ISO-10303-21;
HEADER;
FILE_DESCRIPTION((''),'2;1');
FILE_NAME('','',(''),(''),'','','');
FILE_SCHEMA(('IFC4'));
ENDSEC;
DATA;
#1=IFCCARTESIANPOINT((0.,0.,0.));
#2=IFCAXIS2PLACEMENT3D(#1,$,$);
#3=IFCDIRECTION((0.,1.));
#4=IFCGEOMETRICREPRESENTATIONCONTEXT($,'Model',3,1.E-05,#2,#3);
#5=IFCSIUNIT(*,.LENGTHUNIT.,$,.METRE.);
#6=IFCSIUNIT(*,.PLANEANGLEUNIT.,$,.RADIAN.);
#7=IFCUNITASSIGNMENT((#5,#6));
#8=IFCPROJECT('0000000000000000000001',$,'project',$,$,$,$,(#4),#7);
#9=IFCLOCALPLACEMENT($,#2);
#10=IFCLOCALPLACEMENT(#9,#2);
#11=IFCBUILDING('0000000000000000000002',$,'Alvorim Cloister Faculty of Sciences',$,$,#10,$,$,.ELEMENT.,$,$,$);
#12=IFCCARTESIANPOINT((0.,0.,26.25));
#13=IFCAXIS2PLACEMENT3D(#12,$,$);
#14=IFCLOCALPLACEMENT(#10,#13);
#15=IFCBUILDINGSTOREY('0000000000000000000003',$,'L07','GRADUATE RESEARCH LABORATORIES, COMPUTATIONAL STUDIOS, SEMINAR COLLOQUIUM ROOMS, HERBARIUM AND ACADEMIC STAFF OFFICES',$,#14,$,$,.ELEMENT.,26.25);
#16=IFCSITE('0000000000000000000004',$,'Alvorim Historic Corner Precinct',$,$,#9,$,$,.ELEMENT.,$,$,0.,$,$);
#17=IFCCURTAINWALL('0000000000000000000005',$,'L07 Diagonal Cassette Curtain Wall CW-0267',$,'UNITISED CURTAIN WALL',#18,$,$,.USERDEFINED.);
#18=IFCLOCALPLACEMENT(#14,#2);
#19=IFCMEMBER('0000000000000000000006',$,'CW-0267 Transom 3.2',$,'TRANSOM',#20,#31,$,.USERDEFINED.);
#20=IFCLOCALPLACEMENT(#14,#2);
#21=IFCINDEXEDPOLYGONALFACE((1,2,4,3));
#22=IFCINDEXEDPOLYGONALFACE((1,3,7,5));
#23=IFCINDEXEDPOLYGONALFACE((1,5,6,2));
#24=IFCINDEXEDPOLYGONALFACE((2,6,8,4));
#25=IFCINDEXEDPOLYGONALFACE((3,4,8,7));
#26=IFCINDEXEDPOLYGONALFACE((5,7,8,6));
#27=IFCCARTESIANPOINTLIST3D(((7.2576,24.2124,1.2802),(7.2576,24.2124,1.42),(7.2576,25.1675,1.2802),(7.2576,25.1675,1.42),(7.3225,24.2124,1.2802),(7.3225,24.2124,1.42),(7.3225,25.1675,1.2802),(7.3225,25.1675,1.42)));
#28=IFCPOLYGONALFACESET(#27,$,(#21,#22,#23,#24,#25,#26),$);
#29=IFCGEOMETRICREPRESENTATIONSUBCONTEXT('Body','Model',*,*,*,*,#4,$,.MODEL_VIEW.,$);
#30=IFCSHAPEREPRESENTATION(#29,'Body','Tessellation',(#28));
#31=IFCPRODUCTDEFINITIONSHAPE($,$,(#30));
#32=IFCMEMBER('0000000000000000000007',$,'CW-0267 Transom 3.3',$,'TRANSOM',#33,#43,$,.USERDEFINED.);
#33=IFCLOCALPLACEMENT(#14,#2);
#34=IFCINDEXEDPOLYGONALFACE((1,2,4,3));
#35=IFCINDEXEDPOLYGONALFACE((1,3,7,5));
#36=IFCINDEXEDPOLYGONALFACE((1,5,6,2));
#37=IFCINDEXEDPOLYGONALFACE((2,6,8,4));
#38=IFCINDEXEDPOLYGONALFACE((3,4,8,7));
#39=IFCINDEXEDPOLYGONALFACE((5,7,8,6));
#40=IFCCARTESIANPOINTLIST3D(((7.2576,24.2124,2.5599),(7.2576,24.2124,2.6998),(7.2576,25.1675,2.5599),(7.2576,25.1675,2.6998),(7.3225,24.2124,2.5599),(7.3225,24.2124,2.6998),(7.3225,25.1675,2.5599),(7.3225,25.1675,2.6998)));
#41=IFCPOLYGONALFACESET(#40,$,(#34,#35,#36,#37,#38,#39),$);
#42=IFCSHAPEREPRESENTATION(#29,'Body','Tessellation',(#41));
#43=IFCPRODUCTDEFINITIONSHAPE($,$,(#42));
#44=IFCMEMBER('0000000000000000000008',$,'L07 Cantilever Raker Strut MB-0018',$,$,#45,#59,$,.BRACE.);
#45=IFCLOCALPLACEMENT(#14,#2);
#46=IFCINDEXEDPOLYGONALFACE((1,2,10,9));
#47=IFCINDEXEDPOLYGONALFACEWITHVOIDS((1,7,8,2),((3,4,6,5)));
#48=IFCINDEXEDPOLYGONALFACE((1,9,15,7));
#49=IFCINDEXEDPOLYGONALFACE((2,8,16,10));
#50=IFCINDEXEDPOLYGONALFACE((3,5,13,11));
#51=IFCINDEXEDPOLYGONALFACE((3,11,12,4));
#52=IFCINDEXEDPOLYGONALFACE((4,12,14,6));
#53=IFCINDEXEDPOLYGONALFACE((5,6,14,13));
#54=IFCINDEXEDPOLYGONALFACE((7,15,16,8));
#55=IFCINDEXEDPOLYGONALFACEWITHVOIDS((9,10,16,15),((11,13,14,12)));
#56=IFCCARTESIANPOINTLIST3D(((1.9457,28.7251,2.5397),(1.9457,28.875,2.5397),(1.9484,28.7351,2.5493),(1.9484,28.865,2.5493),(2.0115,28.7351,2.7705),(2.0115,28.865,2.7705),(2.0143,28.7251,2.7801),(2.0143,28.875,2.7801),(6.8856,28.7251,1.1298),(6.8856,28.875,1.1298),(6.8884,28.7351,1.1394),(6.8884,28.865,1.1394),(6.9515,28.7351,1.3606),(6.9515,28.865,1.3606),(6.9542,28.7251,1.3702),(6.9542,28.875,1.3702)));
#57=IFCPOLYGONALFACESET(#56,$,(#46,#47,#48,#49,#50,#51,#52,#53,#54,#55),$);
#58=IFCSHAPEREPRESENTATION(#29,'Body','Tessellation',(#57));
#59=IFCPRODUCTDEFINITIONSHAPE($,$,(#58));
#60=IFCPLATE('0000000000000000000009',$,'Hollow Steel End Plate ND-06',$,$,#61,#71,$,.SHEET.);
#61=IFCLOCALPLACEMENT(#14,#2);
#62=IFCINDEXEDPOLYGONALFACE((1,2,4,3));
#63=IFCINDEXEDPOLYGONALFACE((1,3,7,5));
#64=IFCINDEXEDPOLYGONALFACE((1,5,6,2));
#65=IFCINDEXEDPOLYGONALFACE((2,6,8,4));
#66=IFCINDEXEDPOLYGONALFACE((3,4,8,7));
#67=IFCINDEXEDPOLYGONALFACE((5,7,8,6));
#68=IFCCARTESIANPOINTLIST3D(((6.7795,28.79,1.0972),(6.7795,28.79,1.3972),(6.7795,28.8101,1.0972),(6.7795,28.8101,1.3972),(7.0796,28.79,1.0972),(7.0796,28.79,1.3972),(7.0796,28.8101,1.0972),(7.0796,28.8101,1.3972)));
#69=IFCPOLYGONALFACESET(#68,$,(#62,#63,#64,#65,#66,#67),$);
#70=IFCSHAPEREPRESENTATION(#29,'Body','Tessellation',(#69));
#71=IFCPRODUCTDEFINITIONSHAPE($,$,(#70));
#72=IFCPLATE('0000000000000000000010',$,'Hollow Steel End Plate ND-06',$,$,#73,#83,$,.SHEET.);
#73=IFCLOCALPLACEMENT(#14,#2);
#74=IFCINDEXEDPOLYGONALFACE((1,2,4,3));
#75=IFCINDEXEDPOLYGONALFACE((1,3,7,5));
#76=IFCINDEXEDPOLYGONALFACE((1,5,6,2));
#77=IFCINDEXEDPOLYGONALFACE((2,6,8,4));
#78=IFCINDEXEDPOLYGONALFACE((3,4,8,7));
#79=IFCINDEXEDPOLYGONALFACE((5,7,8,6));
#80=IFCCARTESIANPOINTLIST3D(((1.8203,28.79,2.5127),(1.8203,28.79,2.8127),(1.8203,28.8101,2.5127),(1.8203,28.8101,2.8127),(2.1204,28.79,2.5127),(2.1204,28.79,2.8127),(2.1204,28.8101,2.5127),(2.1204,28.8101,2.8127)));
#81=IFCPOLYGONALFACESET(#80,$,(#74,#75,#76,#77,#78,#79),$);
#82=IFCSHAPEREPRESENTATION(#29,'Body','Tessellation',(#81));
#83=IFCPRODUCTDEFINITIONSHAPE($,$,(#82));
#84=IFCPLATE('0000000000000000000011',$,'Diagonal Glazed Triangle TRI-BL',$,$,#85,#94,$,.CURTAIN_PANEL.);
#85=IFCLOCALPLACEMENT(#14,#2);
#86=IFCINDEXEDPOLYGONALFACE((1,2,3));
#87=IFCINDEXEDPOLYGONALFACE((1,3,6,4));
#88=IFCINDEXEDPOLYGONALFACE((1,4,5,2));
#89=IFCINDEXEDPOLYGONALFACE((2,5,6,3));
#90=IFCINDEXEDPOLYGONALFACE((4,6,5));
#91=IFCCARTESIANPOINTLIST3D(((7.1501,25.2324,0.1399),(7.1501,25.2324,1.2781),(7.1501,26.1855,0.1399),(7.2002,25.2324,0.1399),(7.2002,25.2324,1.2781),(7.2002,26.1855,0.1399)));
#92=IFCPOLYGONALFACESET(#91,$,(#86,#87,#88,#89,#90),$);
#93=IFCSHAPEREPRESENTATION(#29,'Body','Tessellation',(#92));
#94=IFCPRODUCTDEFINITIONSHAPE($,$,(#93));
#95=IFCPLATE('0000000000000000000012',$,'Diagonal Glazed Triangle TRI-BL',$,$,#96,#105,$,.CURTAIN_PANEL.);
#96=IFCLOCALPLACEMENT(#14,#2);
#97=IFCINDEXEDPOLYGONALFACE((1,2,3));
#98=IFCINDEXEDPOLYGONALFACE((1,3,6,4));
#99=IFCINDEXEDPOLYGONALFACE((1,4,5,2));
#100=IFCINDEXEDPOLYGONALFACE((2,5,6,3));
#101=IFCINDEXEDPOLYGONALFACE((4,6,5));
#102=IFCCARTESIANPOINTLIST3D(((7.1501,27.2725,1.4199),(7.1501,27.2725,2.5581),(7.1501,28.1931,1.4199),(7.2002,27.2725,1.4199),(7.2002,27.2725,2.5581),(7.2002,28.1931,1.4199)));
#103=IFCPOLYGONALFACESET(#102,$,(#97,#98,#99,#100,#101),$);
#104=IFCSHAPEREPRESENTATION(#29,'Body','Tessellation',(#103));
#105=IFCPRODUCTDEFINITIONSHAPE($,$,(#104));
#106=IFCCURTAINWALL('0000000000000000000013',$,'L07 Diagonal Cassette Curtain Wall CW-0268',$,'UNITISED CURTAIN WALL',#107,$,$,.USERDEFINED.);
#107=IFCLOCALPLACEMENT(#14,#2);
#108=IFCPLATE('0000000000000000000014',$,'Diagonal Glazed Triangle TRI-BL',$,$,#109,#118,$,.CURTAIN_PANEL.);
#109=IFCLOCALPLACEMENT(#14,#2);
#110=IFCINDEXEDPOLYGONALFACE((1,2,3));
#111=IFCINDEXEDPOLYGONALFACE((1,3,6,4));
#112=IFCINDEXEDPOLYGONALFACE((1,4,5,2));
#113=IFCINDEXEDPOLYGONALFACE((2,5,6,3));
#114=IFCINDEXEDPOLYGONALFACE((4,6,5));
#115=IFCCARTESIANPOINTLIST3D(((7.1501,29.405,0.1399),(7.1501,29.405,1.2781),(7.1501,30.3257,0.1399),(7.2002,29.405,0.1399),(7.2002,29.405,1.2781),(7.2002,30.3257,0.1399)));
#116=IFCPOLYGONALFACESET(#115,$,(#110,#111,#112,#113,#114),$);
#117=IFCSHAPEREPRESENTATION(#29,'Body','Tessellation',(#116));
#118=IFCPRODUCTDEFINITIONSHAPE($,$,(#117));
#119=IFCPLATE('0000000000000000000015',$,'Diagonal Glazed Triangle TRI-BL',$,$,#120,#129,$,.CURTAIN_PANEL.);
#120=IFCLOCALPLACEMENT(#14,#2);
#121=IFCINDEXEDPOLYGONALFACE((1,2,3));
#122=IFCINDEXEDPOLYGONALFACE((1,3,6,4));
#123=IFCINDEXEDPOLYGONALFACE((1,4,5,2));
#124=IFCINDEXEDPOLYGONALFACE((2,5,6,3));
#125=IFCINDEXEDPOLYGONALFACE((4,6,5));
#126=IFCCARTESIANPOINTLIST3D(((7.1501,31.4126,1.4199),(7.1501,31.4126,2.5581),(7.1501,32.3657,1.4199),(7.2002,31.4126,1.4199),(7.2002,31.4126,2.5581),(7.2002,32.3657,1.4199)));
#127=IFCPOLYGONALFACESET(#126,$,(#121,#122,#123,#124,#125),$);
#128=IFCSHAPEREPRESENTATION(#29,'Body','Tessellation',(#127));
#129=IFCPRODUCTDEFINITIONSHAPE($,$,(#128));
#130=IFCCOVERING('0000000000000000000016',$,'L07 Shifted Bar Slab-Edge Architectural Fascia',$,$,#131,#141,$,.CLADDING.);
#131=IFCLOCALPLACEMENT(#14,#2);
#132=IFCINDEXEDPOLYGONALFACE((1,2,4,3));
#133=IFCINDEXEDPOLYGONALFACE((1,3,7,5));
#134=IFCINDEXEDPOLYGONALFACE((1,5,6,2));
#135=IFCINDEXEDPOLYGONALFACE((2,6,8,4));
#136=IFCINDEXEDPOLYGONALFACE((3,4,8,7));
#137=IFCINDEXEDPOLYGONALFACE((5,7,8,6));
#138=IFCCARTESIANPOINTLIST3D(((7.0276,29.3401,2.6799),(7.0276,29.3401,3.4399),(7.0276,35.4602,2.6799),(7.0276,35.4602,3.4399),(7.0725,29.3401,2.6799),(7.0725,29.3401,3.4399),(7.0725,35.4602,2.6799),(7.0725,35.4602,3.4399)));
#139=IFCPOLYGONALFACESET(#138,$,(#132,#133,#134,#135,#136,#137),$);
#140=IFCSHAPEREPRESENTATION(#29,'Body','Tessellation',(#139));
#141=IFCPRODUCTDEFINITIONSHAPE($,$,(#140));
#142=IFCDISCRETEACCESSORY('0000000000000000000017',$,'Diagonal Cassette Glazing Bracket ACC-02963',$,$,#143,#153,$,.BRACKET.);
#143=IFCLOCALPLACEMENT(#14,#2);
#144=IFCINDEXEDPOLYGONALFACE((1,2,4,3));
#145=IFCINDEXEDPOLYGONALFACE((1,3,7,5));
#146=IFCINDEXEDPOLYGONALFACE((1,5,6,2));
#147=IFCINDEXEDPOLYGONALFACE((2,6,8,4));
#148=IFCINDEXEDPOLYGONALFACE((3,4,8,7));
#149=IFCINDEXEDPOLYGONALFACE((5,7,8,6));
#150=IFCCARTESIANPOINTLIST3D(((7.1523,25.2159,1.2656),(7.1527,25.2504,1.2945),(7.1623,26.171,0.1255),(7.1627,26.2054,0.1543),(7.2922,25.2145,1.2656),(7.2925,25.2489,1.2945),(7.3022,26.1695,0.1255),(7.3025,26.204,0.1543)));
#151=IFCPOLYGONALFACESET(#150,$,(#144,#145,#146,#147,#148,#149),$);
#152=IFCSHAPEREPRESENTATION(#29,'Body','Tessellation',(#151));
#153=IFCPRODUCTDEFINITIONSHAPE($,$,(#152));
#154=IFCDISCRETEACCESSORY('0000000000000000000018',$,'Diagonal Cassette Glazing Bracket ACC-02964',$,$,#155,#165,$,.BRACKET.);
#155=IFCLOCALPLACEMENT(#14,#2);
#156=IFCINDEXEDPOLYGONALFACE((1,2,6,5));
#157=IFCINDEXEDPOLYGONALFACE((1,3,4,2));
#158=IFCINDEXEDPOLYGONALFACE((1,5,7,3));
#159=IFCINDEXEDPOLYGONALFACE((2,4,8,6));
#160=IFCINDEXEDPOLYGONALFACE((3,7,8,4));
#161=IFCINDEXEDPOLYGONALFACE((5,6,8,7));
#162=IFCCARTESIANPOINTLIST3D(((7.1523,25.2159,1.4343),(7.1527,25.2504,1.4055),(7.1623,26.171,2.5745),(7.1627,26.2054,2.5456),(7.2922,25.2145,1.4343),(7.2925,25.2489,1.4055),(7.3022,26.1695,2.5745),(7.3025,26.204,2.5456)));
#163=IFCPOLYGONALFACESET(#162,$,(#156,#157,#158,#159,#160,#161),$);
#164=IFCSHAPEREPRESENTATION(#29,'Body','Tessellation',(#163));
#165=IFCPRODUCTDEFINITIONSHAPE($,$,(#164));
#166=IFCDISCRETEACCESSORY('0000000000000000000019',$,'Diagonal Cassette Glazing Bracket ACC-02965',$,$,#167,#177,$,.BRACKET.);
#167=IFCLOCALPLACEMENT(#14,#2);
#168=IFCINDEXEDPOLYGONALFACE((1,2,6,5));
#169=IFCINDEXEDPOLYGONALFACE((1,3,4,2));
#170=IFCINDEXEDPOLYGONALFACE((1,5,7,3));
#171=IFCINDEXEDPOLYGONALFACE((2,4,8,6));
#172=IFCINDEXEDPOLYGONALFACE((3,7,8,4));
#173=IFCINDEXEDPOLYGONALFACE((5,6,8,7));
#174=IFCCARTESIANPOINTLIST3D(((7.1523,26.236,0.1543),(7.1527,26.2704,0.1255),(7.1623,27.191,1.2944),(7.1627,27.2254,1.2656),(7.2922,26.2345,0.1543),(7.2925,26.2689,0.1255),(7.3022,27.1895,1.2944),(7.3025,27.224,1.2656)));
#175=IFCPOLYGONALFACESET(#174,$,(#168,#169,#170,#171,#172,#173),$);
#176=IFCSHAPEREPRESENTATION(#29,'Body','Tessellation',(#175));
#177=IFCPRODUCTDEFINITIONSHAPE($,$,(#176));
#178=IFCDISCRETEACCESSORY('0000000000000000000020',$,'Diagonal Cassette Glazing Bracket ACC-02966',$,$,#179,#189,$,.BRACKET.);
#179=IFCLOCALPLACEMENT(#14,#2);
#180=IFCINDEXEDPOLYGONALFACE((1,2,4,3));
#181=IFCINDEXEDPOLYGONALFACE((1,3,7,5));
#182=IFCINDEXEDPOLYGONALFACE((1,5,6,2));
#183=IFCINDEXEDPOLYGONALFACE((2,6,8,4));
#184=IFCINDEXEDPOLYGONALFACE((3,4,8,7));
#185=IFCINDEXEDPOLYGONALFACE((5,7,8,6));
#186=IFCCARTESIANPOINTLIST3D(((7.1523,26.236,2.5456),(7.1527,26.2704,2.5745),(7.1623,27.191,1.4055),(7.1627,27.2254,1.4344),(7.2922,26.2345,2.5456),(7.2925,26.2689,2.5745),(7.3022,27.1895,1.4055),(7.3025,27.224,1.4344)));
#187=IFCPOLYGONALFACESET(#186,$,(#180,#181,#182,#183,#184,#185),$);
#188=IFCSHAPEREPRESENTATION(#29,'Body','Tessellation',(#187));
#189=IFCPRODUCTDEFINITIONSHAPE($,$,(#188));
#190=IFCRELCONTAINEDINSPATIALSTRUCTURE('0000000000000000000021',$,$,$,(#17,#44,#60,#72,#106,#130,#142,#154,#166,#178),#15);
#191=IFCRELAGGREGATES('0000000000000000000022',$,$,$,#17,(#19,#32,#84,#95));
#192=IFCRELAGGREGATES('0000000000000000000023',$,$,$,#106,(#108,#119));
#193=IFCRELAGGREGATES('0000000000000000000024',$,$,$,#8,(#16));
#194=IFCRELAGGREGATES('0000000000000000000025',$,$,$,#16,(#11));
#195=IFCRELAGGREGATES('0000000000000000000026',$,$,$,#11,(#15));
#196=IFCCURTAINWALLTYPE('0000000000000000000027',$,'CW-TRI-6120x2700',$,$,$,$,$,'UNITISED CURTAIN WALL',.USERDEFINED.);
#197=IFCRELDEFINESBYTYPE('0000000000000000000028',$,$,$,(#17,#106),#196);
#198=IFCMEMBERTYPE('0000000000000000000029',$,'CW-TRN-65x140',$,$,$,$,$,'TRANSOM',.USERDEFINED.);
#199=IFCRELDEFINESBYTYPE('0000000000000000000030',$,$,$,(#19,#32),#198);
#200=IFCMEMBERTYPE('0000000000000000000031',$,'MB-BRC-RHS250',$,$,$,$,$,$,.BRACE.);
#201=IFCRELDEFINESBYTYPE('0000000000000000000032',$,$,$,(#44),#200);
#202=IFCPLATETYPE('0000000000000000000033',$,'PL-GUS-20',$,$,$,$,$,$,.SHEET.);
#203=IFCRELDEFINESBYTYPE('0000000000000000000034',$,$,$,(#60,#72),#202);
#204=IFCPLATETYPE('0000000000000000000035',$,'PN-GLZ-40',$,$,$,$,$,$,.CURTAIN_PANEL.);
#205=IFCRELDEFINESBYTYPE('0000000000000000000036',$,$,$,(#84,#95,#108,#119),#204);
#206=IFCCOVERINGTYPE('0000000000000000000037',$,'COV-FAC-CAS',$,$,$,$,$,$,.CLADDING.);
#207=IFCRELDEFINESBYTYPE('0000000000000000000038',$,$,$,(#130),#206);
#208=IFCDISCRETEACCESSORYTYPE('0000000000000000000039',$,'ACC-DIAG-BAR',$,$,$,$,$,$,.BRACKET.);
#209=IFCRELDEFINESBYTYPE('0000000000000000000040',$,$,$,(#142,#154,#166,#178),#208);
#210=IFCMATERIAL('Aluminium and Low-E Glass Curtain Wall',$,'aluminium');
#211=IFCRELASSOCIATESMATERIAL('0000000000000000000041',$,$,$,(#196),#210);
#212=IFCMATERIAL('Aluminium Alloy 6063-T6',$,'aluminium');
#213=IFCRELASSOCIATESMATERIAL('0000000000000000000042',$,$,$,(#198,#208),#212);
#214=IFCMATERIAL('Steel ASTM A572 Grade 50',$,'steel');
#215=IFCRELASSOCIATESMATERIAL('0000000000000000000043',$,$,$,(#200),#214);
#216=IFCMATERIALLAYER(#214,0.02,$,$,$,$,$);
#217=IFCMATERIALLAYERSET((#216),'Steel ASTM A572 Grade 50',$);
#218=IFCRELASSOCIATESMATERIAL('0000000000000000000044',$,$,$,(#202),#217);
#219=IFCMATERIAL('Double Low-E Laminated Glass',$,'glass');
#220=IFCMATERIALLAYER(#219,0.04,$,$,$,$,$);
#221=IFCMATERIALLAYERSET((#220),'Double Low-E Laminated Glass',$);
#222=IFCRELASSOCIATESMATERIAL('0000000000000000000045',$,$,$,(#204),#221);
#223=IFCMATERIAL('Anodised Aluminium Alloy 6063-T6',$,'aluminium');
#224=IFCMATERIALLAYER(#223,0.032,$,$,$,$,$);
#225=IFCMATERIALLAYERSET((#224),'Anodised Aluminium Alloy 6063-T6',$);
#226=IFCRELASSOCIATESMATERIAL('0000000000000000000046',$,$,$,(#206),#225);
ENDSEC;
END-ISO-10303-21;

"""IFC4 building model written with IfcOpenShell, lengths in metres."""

from ifc_helpers import new_model, si_unit, direction, frame, origin, origin_2d, place, context, subcontext, project, spatial, polyline, rectangle, hollow_rectangle, outline, extrude, material, layer, layer_set, material_profile, profile_set, type_object, element, aggregate, save


model = new_model("IFC4")

# Units and contexts
model_context = context("Model", 3, precision=1e-05, world=origin(), true_north=direction((0.0, 1.0)))
body_context = subcontext(model_context, "Body", "Model", "MODEL_VIEW")
ifc_project = project(units=[si_unit("LENGTHUNIT", "METRE"), si_unit("PLANEANGLEUNIT", "RADIAN")], contexts=[model_context])

# Site, building, storey
site_placement = place(None, origin())
site = spatial("IfcSite", under=ifc_project, at=site_placement, Name="Alvorim Historic Corner Precinct", CompositionType="ELEMENT", RefElevation=0.0)
building_placement = place(site_placement, origin())
building = spatial("IfcBuilding", under=site, at=building_placement, Name="Alvorim Cloister Faculty of Sciences", CompositionType="ELEMENT")
storey_placement = place(building_placement, frame((0.0, 0.0, 26.25)))
storey = spatial("IfcBuildingStorey", under=building, at=storey_placement, Name="L07", Description="GRADUATE RESEARCH LABORATORIES, COMPUTATIONAL STUDIOS, SEMINAR COLLOQUIUM ROOMS, HERBARIUM AND ACADEMIC STAFF OFFICES", CompositionType="ELEMENT", Elevation=26.25)

# Shared definitions
ifc_material_1 = material(Name="Steel ASTM A572 Grade 50", Category="steel")

# Curtain wall, members
ifc_material_2 = material(Name="Aluminium and Low-E Glass Curtain Wall", Category="aluminium")
curtain_wall_type = type_object("IfcCurtainWallType", Name="CW-TRI-6120x2700", ElementType="UNITISED CURTAIN WALL", PredefinedType="USERDEFINED", material=ifc_material_2)
curtain_wall_1_placement = place(storey_placement, origin())
curtain_wall_1 = element("IfcCurtainWall", 1, at=curtain_wall_1_placement, inside=storey, type_object=curtain_wall_type, Name="L07 Diagonal Cassette Curtain Wall CW-0267", ObjectType="UNITISED CURTAIN WALL", PredefinedType="USERDEFINED")
ifc_material_3 = material(Name="Aluminium Alloy 6063-T6", Category="aluminium")
ifc_material_profile_1 = material_profile(ifc_material_3, rectangle(XDim=0.0649, YDim=0.1399, at=origin_2d()), Name="ALU-TRN-65x140")
ifc_profile_set_1 = profile_set([ifc_material_profile_1], Name="Aluminium Alloy 6063-T6")
member_type_1 = type_object("IfcMemberType", Name="CW-TRN-65x140", ElementType="TRANSOM", PredefinedType="USERDEFINED", material=ifc_profile_set_1)
member_1_placement = place(storey_placement, frame((7.29, 24.2124, 1.3501), z_axis=(0.0, 1.0, 0.0), x_axis=(-1.0, 0.0, 0.0)))
member_1 = element("IfcMember", 2, at=member_1_placement, type_object=member_type_1, Name="CW-0267 Transom 3.2", ObjectType="TRANSOM", PredefinedType="USERDEFINED", context=body_context, shape_type="SweptSolid", body=[
    extrude(rectangle(XDim=0.0649, YDim=0.1399, at=origin_2d()), origin(), (0.0, 0.0, 1.0), 0.9551),
])
member_2_placement = place(storey_placement, frame((7.29, 24.2124, 2.6299), z_axis=(0.0, 1.0, 0.0), x_axis=(-1.0, 0.0, 0.0)))
member_2 = element("IfcMember", 3, at=member_2_placement, type_object=member_type_1, Name="CW-0267 Transom 3.3", ObjectType="TRANSOM", PredefinedType="USERDEFINED", context=body_context, shape_type="SweptSolid", body=[
    extrude(rectangle(XDim=0.0649, YDim=0.1399, at=origin_2d()), origin(), (0.0, 0.0, 1.0), 0.9551),
])

# Member
ifc_material_profile_2 = material_profile(ifc_material_1, hollow_rectangle(XDim=0.1499, YDim=0.25, WallThickness=0.01, at=origin_2d()), Name="RHS250x150x10")
ifc_profile_set_2 = profile_set([ifc_material_profile_2], Name="Steel ASTM A572 Grade 50")
member_type_2 = type_object("IfcMemberType", Name="MB-BRC-RHS250", PredefinedType="BRACE", material=ifc_profile_set_2)
member_3_placement = place(storey_placement, frame((6.9199, 28.8, 1.25), z_axis=(-0.961601, 0.0, 0.274451), x_axis=(0.0, -1.0, 0.0)))
element("IfcMember", 4, at=member_3_placement, inside=storey, type_object=member_type_2, Name="L07 Cantilever Raker Strut MB-0018", PredefinedType="BRACE", context=body_context, shape_type="SweptSolid", body=[
    extrude(hollow_rectangle(XDim=0.1499, YDim=0.25, WallThickness=0.01, at=origin_2d()), origin(), (0.0, 0.0, 1.0), 5.1372),
])

# Plates
ifc_layer_1 = layer(ifc_material_1, 0.02)
ifc_layer_set_1 = layer_set([ifc_layer_1], Name="Steel ASTM A572 Grade 50")
plate_type_1 = type_object("IfcPlateType", Name="PL-GUS-20", PredefinedType="SHEET", material=ifc_layer_set_1)
for number, where, z_axis, x_axis, name in (
    (5, (7.0796, 28.8, 1.0972), (0.0, 0.0, 1.0), (-1.0, 0.0, 0.0), "Hollow Steel End Plate ND-06"),
    (6, (2.1204, 28.8, 2.5127), (0.0, 0.0, 1.0), (-1.0, 0.0, 0.0), "Hollow Steel End Plate ND-06"),
):
    element("IfcPlate", number, at=place(storey_placement, frame(where, z_axis=z_axis, x_axis=x_axis)), inside=storey, type_object=plate_type_1, Name=name, PredefinedType="SHEET", context=body_context, shape_type="SweptSolid", body=[
        extrude(outline(polyline([(0.0, 0.0), (0.3, 0.0), (0.3, 0.3), (0.0, 0.3), (0.0, 0.0)])), frame((0.0, 0.01, 0.0), z_axis=(0.0, -1.0, 0.0), x_axis=(1.0, 0.0, 0.0)), (0.0, 0.0, 1.0), 0.02),
    ])

# Plates
ifc_material_4 = material(Name="Double Low-E Laminated Glass", Category="glass")
ifc_layer_2 = layer(ifc_material_4, 0.04)
ifc_layer_set_2 = layer_set([ifc_layer_2], Name="Double Low-E Laminated Glass")
plate_type_2 = type_object("IfcPlateType", Name="PN-GLZ-40", PredefinedType="CURTAIN_PANEL", material=ifc_layer_set_2)
plate_1_placement = place(storey_placement, frame((7.175, 25.2324, 0.1399), z_axis=(0.0, 0.0, 1.0), x_axis=(0.0, 1.0, 0.0)))
plate_1 = element("IfcPlate", 7, at=plate_1_placement, type_object=plate_type_2, Name="Diagonal Glazed Triangle TRI-BL", PredefinedType="CURTAIN_PANEL", context=body_context, shape_type="SweptSolid", body=[
    extrude(outline(polyline([(0.0, 0.0), (0.9531, 0.0), (0.0, 1.1382), (0.0, 0.0)])), frame((0.0, 0.0249, 0.0), z_axis=(0.0, -1.0, 0.0), x_axis=(1.0, 0.0, 0.0)), (0.0, 0.0, 1.0), 0.05),
])
plate_2_placement = place(storey_placement, frame((7.175, 27.2725, 1.4199), z_axis=(0.0, 0.0, 1.0), x_axis=(0.0, 1.0, 0.0)))
plate_2 = element("IfcPlate", 8, at=plate_2_placement, type_object=plate_type_2, Name="Diagonal Glazed Triangle TRI-BL", PredefinedType="CURTAIN_PANEL", context=body_context, shape_type="SweptSolid", body=[
    extrude(outline(polyline([(0.0, 0.0), (0.9207, 0.0), (0.0, 1.1382), (0.0, 0.0)])), frame((0.0, 0.0249, 0.0), z_axis=(0.0, -1.0, 0.0), x_axis=(1.0, 0.0, 0.0)), (0.0, 0.0, 1.0), 0.05),
])
aggregate(curtain_wall_1, [member_1, member_2, plate_1, plate_2])

# Curtain wall, plates
curtain_wall_2_placement = place(storey_placement, origin())
curtain_wall_2 = element("IfcCurtainWall", 9, at=curtain_wall_2_placement, inside=storey, type_object=curtain_wall_type, Name="L07 Diagonal Cassette Curtain Wall CW-0268", ObjectType="UNITISED CURTAIN WALL", PredefinedType="USERDEFINED")
plate_3_placement = place(storey_placement, frame((7.175, 29.405, 0.1399), z_axis=(0.0, 0.0, 1.0), x_axis=(0.0, 1.0, 0.0)))
plate_3 = element("IfcPlate", 10, at=plate_3_placement, type_object=plate_type_2, Name="Diagonal Glazed Triangle TRI-BL", PredefinedType="CURTAIN_PANEL", context=body_context, shape_type="SweptSolid", body=[
    extrude(outline(polyline([(0.0, 0.0), (0.9207, 0.0), (0.0, 1.1382), (0.0, 0.0)])), frame((0.0, 0.0249, 0.0), z_axis=(0.0, -1.0, 0.0), x_axis=(1.0, 0.0, 0.0)), (0.0, 0.0, 1.0), 0.05),
])
plate_4_placement = place(storey_placement, frame((7.175, 31.4126, 1.4199), z_axis=(0.0, 0.0, 1.0), x_axis=(0.0, 1.0, 0.0)))
plate_4 = element("IfcPlate", 11, at=plate_4_placement, type_object=plate_type_2, Name="Diagonal Glazed Triangle TRI-BL", PredefinedType="CURTAIN_PANEL", context=body_context, shape_type="SweptSolid", body=[
    extrude(outline(polyline([(0.0, 0.0), (0.9531, 0.0), (0.0, 1.1382), (0.0, 0.0)])), frame((0.0, 0.0249, 0.0), z_axis=(0.0, -1.0, 0.0), x_axis=(1.0, 0.0, 0.0)), (0.0, 0.0, 1.0), 0.05),
])
aggregate(curtain_wall_2, [plate_3, plate_4])

# Covering
ifc_material_5 = material(Name="Anodised Aluminium Alloy 6063-T6", Category="aluminium")
ifc_layer_3 = layer(ifc_material_5, 0.032)
ifc_layer_set_3 = layer_set([ifc_layer_3], Name="Anodised Aluminium Alloy 6063-T6")
covering_type = type_object("IfcCoveringType", Name="COV-FAC-CAS", PredefinedType="CLADDING", material=ifc_layer_set_3)
covering_placement = place(storey_placement, frame((7.05, 29.3401, 2.6799), z_axis=(0.0, 0.0, 1.0), x_axis=(0.0, 1.0, 0.0)))
element("IfcCovering", 12, at=covering_placement, inside=storey, type_object=covering_type, Name="L07 Shifted Bar Slab-Edge Architectural Fascia", PredefinedType="CLADDING", context=body_context, shape_type="SweptSolid", body=[
    extrude(outline(polyline([(0.0, 0.0), (6.1201, 0.0), (6.1201, 0.76), (0.0, 0.76), (0.0, 0.0)])), frame((0.0, 0.0225, 0.0), z_axis=(0.0, -1.0, 0.0), x_axis=(1.0, 0.0, 0.0)), (0.0, 0.0, 1.0), 0.0449),
])

# Discrete accessories
discrete_accessory_type = type_object("IfcDiscreteAccessoryType", Name="ACC-DIAG-BAR", PredefinedType="BRACKET", material=ifc_material_3)
for number, where, z_axis, x_axis, name in (
    (13, (7.2224, 25.2324, 1.28), (0.00673, 0.642138, -0.76656), (-0.999945, 0.01048, 0.0), "Diagonal Cassette Glazing Bracket ACC-02963"),
    (14, (7.2224, 25.2324, 1.4199), (0.00673, 0.642138, 0.76656), (-0.999945, 0.01048, 0.0), "Diagonal Cassette Glazing Bracket ACC-02964"),
    (15, (7.2224, 26.2524, 0.1399), (0.00673, 0.642138, 0.76656), (-0.999945, 0.01048, 0.0), "Diagonal Cassette Glazing Bracket ACC-02965"),
    (16, (7.2224, 26.2524, 2.5601), (0.00673, 0.642138, -0.76656), (-0.999945, 0.01048, 0.0), "Diagonal Cassette Glazing Bracket ACC-02966"),
):
    element("IfcDiscreteAccessory", number, at=place(storey_placement, frame(where, z_axis=z_axis, x_axis=x_axis)), inside=storey, type_object=discrete_accessory_type, Name=name, PredefinedType="BRACKET", context=body_context, shape_type="SweptSolid", body=[
        extrude(rectangle(XDim=0.1399, YDim=0.0449, at=origin_2d()), origin(), (0.0, 0.0, 1.0), 1.4873),
    ])

save(model, "model.ifc")
